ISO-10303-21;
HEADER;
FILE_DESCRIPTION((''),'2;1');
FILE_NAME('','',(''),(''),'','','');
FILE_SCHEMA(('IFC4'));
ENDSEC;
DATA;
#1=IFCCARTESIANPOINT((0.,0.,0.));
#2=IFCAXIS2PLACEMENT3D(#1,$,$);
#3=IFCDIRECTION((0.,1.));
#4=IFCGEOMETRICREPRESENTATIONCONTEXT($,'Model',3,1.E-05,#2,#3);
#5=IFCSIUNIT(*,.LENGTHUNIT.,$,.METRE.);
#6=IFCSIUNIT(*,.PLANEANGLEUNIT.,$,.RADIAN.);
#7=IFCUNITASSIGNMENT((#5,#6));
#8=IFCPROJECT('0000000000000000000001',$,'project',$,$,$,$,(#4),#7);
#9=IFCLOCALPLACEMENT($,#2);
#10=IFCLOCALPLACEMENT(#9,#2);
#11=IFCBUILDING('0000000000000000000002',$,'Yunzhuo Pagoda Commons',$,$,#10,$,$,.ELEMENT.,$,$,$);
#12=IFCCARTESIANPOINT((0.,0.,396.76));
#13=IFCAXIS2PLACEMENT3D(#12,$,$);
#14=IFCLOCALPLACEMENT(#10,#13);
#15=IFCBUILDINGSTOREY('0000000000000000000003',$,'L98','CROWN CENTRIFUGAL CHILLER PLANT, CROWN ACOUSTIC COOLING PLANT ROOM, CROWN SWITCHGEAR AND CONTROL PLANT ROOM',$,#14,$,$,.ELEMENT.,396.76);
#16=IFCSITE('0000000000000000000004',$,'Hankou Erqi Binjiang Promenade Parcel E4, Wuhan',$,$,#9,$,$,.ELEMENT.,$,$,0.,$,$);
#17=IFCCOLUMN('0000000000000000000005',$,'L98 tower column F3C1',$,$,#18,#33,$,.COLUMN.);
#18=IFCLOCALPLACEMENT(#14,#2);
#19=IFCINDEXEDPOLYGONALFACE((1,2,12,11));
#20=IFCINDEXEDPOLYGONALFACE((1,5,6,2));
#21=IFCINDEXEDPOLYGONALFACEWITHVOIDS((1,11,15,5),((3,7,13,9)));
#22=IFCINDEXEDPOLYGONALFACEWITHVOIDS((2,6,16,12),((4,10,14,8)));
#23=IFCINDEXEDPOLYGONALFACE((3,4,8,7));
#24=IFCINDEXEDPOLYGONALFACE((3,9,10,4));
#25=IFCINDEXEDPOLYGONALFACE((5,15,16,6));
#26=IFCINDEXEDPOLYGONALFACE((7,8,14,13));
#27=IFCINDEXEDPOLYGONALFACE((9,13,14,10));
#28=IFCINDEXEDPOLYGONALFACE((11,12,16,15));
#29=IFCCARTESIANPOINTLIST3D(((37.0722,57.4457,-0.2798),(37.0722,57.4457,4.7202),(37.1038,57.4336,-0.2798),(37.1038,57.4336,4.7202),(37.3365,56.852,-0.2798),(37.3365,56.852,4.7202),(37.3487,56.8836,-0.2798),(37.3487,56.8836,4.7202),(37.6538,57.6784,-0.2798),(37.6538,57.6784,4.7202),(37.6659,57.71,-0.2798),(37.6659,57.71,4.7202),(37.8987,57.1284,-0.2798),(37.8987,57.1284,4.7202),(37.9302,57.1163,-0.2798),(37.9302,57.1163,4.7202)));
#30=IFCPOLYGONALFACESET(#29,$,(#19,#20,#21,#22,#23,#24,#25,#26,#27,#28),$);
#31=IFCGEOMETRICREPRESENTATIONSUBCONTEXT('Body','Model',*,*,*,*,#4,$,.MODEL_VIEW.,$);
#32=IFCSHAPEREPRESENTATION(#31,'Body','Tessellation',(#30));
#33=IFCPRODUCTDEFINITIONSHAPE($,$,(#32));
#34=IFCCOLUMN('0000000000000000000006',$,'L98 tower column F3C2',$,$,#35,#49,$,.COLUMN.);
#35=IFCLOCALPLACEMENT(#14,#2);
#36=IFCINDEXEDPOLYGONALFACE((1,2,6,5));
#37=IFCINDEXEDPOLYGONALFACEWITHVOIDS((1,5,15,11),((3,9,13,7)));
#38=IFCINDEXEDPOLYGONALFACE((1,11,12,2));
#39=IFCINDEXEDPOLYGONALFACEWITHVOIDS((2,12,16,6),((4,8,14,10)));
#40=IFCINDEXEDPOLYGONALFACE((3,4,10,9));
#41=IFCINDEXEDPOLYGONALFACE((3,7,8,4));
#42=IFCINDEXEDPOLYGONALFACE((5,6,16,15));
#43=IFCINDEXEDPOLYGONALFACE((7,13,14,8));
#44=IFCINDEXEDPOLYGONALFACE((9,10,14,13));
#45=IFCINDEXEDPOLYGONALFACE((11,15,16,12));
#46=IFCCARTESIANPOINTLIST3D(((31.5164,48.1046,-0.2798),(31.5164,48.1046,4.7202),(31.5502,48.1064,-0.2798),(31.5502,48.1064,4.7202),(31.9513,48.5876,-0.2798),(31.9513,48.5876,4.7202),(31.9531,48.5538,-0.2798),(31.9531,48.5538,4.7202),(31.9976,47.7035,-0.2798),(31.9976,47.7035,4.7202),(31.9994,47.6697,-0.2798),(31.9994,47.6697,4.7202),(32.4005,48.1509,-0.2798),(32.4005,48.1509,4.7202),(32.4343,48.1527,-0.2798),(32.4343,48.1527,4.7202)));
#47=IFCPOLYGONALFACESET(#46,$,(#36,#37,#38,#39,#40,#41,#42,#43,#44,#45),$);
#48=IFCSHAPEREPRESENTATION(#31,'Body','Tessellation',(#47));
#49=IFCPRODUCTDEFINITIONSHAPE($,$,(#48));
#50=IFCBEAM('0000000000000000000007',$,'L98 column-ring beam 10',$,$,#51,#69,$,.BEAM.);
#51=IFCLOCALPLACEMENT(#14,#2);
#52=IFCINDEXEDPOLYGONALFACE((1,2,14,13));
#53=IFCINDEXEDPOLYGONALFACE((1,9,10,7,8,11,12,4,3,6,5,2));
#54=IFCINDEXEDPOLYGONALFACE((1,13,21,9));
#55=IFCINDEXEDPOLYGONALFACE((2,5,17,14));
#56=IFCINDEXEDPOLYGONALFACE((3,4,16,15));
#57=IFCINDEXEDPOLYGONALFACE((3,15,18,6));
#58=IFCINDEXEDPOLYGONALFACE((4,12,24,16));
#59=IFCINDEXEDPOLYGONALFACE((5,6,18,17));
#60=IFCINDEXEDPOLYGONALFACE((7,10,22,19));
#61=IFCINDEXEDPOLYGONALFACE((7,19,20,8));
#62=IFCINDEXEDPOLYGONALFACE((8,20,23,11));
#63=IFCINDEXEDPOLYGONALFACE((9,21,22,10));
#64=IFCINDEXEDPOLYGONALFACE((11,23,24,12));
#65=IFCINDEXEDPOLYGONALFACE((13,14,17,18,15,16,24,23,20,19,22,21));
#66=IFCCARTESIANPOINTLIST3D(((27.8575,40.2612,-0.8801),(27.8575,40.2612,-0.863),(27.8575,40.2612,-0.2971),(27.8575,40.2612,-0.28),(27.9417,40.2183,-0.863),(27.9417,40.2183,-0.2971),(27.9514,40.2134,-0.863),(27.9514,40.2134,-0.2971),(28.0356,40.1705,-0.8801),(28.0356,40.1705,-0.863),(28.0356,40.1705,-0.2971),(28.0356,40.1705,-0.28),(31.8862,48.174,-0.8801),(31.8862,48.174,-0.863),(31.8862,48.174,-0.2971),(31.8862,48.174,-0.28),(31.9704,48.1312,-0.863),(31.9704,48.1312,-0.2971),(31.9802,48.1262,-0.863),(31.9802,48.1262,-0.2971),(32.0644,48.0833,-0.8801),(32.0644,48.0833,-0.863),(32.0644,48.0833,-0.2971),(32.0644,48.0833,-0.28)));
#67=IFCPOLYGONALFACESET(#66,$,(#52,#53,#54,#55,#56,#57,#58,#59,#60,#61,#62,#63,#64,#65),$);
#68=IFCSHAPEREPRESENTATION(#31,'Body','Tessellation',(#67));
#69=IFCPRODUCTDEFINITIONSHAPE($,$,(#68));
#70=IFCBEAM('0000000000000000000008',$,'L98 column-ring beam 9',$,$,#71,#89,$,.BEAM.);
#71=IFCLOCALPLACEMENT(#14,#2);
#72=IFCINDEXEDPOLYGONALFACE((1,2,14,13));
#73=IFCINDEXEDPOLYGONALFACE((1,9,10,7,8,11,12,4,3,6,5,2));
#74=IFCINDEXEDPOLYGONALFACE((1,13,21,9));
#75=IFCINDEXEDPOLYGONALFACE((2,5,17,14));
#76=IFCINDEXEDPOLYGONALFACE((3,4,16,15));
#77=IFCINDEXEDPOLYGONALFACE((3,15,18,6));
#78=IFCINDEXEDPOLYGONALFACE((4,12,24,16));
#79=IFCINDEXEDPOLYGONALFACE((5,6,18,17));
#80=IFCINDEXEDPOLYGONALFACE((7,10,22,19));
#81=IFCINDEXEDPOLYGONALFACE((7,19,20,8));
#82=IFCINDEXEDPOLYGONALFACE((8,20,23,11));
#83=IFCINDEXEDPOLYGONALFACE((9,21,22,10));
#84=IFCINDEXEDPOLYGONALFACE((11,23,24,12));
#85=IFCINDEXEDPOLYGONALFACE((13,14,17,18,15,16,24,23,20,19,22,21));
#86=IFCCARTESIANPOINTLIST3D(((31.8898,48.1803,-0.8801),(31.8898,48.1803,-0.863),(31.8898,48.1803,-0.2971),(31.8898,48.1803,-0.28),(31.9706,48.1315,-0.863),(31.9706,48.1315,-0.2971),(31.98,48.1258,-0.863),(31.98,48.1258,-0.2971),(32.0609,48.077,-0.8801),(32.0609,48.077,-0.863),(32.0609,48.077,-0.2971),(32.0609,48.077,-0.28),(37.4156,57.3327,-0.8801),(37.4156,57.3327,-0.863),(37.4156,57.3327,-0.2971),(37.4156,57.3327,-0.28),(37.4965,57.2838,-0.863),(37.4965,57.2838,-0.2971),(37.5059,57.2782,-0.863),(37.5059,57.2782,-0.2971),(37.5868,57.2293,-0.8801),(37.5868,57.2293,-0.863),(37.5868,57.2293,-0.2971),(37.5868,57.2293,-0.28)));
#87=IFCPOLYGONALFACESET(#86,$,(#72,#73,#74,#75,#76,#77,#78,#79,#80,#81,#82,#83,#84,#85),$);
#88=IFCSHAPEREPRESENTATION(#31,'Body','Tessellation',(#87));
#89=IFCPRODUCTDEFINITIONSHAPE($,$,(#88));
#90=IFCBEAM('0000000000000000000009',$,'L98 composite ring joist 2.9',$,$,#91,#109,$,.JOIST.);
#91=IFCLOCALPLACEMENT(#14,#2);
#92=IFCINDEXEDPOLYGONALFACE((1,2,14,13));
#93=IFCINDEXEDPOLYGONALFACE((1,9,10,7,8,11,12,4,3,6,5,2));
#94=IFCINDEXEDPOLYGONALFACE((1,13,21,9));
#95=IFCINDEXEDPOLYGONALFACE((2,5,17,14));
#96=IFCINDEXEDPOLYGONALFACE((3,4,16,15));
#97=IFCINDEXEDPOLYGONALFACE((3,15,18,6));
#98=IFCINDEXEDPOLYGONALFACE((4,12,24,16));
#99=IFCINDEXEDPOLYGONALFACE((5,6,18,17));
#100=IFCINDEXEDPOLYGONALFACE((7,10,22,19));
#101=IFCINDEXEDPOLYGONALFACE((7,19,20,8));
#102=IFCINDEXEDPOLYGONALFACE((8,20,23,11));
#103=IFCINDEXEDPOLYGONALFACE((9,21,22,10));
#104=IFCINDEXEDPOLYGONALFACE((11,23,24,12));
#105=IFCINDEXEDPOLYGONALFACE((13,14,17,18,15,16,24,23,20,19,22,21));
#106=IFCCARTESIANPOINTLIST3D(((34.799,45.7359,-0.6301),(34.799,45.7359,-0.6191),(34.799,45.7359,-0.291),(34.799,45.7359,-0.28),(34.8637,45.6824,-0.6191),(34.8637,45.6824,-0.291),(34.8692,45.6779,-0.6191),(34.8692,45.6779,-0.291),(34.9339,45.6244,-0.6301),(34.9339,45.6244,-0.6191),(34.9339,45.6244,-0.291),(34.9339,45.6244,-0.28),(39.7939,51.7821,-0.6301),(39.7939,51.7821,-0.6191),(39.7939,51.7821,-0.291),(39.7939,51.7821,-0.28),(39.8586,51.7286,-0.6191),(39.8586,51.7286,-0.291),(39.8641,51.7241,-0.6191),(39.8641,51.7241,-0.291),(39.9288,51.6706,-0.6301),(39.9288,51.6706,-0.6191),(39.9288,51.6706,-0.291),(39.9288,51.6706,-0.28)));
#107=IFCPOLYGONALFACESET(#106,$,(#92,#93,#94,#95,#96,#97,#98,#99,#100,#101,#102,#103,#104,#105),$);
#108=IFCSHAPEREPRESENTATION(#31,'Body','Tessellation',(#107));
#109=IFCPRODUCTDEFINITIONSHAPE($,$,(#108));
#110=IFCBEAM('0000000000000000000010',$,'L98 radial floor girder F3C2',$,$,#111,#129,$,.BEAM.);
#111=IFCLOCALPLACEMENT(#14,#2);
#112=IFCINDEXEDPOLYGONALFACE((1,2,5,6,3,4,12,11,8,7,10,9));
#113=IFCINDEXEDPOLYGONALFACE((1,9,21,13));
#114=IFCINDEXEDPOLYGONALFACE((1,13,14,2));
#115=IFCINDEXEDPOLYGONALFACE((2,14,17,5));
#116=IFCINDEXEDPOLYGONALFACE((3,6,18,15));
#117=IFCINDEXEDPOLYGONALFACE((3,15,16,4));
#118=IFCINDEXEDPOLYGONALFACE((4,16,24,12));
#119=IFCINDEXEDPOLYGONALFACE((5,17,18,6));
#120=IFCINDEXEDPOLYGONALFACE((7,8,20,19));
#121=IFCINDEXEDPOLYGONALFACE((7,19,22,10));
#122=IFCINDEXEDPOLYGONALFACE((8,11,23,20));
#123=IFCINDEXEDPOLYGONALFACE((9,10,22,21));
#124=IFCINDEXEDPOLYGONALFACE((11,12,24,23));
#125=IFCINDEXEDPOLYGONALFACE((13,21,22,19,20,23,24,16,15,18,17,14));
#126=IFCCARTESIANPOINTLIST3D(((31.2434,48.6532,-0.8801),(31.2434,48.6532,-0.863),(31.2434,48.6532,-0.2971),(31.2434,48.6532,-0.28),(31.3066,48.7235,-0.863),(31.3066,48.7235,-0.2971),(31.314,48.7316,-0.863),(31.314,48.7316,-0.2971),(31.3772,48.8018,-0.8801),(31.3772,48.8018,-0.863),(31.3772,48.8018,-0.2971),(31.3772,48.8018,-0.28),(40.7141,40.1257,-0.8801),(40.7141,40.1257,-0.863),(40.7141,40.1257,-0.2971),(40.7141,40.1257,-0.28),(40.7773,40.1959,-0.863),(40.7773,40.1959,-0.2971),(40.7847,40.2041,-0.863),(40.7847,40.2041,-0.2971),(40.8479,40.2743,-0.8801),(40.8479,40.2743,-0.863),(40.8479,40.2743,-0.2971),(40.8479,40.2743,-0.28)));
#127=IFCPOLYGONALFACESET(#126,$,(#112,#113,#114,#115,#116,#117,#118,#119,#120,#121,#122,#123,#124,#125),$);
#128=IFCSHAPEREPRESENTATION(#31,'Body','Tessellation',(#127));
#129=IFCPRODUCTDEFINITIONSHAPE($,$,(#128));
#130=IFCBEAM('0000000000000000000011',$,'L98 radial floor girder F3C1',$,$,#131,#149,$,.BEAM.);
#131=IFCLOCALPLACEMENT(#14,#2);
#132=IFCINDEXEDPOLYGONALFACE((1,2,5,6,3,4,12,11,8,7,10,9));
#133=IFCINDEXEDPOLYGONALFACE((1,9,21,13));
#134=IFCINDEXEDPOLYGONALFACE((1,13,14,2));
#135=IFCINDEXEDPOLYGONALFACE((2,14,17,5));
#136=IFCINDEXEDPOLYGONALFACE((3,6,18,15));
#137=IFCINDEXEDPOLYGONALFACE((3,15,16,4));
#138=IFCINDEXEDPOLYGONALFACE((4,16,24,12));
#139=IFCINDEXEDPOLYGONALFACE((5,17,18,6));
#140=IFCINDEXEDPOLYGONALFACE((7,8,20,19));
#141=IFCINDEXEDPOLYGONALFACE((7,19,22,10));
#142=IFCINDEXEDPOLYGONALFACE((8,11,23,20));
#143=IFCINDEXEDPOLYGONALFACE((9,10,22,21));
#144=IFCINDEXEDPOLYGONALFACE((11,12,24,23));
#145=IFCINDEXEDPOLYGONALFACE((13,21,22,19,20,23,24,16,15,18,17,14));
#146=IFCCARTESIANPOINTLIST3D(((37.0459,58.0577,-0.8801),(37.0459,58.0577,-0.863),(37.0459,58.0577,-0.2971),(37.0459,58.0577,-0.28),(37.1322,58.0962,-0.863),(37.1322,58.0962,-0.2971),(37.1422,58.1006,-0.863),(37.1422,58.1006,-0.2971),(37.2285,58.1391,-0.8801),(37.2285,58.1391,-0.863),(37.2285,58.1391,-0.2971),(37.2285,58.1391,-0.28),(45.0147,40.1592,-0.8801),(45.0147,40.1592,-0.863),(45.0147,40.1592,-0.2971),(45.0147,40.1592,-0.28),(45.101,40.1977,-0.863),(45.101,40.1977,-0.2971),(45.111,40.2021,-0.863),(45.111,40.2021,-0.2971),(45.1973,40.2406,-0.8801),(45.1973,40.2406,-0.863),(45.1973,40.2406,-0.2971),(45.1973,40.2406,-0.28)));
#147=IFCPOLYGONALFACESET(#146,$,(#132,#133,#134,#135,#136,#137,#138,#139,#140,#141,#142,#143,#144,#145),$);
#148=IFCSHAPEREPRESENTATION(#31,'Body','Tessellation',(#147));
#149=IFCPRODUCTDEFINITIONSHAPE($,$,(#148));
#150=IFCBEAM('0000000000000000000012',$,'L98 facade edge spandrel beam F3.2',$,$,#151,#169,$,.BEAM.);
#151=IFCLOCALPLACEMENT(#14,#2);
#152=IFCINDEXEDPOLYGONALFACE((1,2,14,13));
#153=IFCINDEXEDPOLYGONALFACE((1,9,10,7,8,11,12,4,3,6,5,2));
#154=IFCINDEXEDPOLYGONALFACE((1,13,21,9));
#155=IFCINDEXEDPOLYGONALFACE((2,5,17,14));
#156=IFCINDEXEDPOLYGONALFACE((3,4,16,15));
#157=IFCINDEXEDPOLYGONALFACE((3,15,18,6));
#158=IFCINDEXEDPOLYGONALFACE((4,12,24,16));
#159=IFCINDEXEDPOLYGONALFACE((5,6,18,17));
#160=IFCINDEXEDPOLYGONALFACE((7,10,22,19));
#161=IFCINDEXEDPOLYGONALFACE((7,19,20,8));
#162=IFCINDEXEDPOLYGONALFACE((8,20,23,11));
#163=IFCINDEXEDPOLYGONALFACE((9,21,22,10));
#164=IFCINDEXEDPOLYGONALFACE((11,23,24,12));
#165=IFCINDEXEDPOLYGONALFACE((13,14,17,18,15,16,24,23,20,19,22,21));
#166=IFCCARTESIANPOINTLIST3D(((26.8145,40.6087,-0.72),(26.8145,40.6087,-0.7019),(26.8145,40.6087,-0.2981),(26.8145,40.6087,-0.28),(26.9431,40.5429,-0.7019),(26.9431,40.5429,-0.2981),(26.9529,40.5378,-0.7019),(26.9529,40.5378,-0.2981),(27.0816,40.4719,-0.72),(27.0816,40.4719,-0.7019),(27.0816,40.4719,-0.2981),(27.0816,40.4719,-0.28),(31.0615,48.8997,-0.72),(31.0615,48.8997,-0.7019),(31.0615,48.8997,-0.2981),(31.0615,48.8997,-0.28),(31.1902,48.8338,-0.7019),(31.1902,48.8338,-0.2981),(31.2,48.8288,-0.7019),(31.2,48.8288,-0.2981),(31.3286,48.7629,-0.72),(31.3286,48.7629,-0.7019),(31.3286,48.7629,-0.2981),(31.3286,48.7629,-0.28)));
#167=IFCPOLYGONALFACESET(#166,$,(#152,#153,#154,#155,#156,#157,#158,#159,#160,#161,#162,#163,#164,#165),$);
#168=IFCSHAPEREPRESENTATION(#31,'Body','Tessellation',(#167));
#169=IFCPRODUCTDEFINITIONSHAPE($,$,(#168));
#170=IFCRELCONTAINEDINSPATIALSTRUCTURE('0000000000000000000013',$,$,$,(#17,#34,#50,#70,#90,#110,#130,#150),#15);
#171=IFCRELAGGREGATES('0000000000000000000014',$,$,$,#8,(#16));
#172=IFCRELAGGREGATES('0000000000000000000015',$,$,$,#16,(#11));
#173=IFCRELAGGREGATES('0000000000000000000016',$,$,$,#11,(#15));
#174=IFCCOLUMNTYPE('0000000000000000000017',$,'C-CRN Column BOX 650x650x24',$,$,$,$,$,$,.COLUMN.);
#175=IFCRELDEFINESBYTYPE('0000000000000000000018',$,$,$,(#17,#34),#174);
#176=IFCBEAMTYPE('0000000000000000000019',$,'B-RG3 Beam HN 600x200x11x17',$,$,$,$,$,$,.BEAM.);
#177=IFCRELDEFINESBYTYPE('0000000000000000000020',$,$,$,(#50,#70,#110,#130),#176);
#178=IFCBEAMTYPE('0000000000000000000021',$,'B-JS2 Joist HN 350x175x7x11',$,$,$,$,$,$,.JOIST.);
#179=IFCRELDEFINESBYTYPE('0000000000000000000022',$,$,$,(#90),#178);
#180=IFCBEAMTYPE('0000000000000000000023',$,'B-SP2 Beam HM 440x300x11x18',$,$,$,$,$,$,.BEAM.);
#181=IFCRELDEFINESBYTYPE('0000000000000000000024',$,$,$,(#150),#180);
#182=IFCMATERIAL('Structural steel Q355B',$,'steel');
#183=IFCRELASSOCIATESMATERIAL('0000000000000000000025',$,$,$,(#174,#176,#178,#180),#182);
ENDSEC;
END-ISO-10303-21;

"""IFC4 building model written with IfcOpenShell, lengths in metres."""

from ifc_helpers import new_model, si_unit, direction, frame, origin, origin_2d, place, context, subcontext, project, spatial, hollow_rectangle, i_section, extrude, source, transform, mapped, material, material_profile, profile_set, type_object, element, save


model = new_model("IFC4")

# Units and contexts
model_context = context("Model", 3, precision=1e-05, world=origin(), true_north=direction((0.0, 1.0)))
body_context = subcontext(model_context, "Body", "Model", "MODEL_VIEW")
ifc_project = project(units=[si_unit("LENGTHUNIT", "METRE"), si_unit("PLANEANGLEUNIT", "RADIAN")], contexts=[model_context])

# Site, building, storey
site_placement = place(None, origin())
site = spatial("IfcSite", under=ifc_project, at=site_placement, Name="Hankou Erqi Binjiang Promenade Parcel E4, Wuhan", CompositionType="ELEMENT", RefElevation=0.0)
building_placement = place(site_placement, origin())
building = spatial("IfcBuilding", under=site, at=building_placement, Name="Yunzhuo Pagoda Commons", CompositionType="ELEMENT")
storey_placement = place(building_placement, frame((0.0, 0.0, 396.76)))
storey = spatial("IfcBuildingStorey", under=building, at=storey_placement, Name="L98", Description="CROWN CENTRIFUGAL CHILLER PLANT, CROWN ACOUSTIC COOLING PLANT ROOM, CROWN SWITCHGEAR AND CONTROL PLANT ROOM", CompositionType="ELEMENT", Elevation=396.76)

# Columns
ifc_material_1 = material(Name="Structural steel Q355B", Category="steel")
ifc_material_profile_1 = material_profile(ifc_material_1, hollow_rectangle(XDim=0.6499, YDim=0.6499, WallThickness=0.0239, at=origin_2d()), Name="Structural steel Q355B")
ifc_profile_set_1 = profile_set([ifc_material_profile_1], Name="Structural steel Q355B")
column_type = type_object("IfcColumnType", Name="C-CRN Column BOX 650x650x24", PredefinedType="COLUMN", material=ifc_profile_set_1)
shared_shape_1 = source(origin(), body_context, "Body", "SweptSolid", [
    extrude(hollow_rectangle(XDim=0.6499, YDim=0.6499, WallThickness=0.0239, at=origin_2d()), origin(), (0.0, 0.0, 1.0), 5.0),
])
for number, where, z_axis, x_axis, name in (
    (1, (37.5012, 57.281, -0.2798), (0.0, 0.0, 1.0), (-0.913545, -0.406737, 0.0), "L98 tower column F3C1"),
    (2, (31.9753, 48.1287, -0.2798), (0.0, 0.0, 1.0), (-0.669131, -0.743145, 0.0), "L98 tower column F3C2"),
):
    element("IfcColumn", number, at=place(storey_placement, frame(where, z_axis=z_axis, x_axis=x_axis)), inside=storey, type_object=column_type, Name=name, PredefinedType="COLUMN", context=body_context, shape_type="MappedRepresentation", body=[
        mapped(shared_shape_1, transform((0.0, 0.0, 0.0), scale=1.0)),
    ])

# Beams
ifc_material_profile_2 = material_profile(ifc_material_1, i_section(OverallWidth=0.2, OverallDepth=0.6001, WebThickness=0.011, FlangeThickness=0.0171, at=origin_2d()), Name="Structural steel Q355B")
ifc_profile_set_2 = profile_set([ifc_material_profile_2], Name="Structural steel Q355B")
beam_type_1 = type_object("IfcBeamType", Name="B-RG3 Beam HN 600x200x11x17", PredefinedType="BEAM", material=ifc_profile_set_2)
shared_shape_2 = source(origin(), body_context, "Body", "SweptSolid", [
    extrude(i_section(OverallWidth=0.2, OverallDepth=0.6001, WebThickness=0.011, FlangeThickness=0.0171, at=origin_2d()), origin(), (0.0, 0.0, 1.0), 8.8794),
])
beam_1_placement = place(storey_placement, frame((31.9753, 48.1287, -0.5801), z_axis=(-0.453724, -0.891142, 0.0), x_axis=(0.891142, -0.453724, 0.0)))
element("IfcBeam", 3, at=beam_1_placement, inside=storey, type_object=beam_type_1, Name="L98 column-ring beam 10", PredefinedType="BEAM", context=body_context, shape_type="MappedRepresentation", body=[
    mapped(shared_shape_2, transform((0.0, 0.0, 0.0), scale=1.0)),
])
shared_shape_3 = source(origin(), body_context, "Body", "SweptSolid", [
    extrude(i_section(OverallWidth=0.2, OverallDepth=0.6001, WebThickness=0.011, FlangeThickness=0.0171, at=origin_2d()), origin(), (0.0, 0.0, 1.0), 10.6912),
])
beam_2_placement = place(storey_placement, frame((37.5012, 57.281, -0.5801), z_axis=(-0.516865, -0.856067, 0.0), x_axis=(0.856067, -0.516865, 0.0)))
element("IfcBeam", 4, at=beam_2_placement, inside=storey, type_object=beam_type_1, Name="L98 column-ring beam 9", PredefinedType="BEAM", context=body_context, shape_type="MappedRepresentation", body=[
    mapped(shared_shape_3, transform((0.0, 0.0, 0.0), scale=1.0)),
])
ifc_material_profile_3 = material_profile(ifc_material_1, i_section(OverallWidth=0.175, OverallDepth=0.3501, WebThickness=0.0071, FlangeThickness=0.011, at=origin_2d()), Name="Structural steel Q355B")
ifc_profile_set_3 = profile_set([ifc_material_profile_3], Name="Structural steel Q355B")
beam_type_2 = type_object("IfcBeamType", Name="B-JS2 Joist HN 350x175x7x11", PredefinedType="JOIST", material=ifc_profile_set_3)
shared_shape_4 = source(origin(), body_context, "Body", "SweptSolid", [
    extrude(i_section(OverallWidth=0.175, OverallDepth=0.3501, WebThickness=0.0071, FlangeThickness=0.011, at=origin_2d()), origin(), (0.0, 0.0, 1.0), 7.8425),
])
beam_3_placement = place(storey_placement, frame((39.8613, 51.7263, -0.4551), z_axis=(-0.636899, -0.770947, 0.0), x_axis=(0.770947, -0.636899, 0.0)))
element("IfcBeam", 5, at=beam_3_placement, inside=storey, type_object=beam_type_2, Name="L98 composite ring joist 2.9", PredefinedType="JOIST", context=body_context, shape_type="MappedRepresentation", body=[
    mapped(shared_shape_4, transform((0.0, 0.0, 0.0), scale=1.0)),
])
shared_shape_5 = source(origin(), body_context, "Body", "SweptSolid", [
    extrude(i_section(OverallWidth=0.2, OverallDepth=0.6001, WebThickness=0.011, FlangeThickness=0.0171, at=origin_2d()), origin(), (0.0, 0.0, 1.0), 12.7441),
])
beam_4_placement = place(storey_placement, frame((31.3103, 48.7275, -0.5801), z_axis=(0.74314, -0.669136, 0.0), x_axis=(0.669136, 0.74314, 0.0)))
element("IfcBeam", 6, at=beam_4_placement, inside=storey, type_object=beam_type_1, Name="L98 radial floor girder F3C2", PredefinedType="BEAM", context=body_context, shape_type="MappedRepresentation", body=[
    mapped(shared_shape_5, transform((0.0, 0.0, 0.0), scale=1.0)),
])
shared_shape_6 = source(origin(), body_context, "Body", "SweptSolid", [
    extrude(i_section(OverallWidth=0.2, OverallDepth=0.6001, WebThickness=0.011, FlangeThickness=0.0171, at=origin_2d()), origin(), (0.0, 0.0, 1.0), 19.5923),
])
beam_5_placement = place(storey_placement, frame((37.1372, 58.0984, -0.5801), z_axis=(0.40673, -0.913548, 0.0), x_axis=(0.913548, 0.40673, 0.0)))
element("IfcBeam", 7, at=beam_5_placement, inside=storey, type_object=beam_type_1, Name="L98 radial floor girder F3C1", PredefinedType="BEAM", context=body_context, shape_type="MappedRepresentation", body=[
    mapped(shared_shape_6, transform((0.0, 0.0, 0.0), scale=1.0)),
])
ifc_material_profile_4 = material_profile(ifc_material_1, i_section(OverallWidth=0.3, OverallDepth=0.4399, WebThickness=0.011, FlangeThickness=0.0181, at=origin_2d()), Name="Structural steel Q355B")
ifc_profile_set_4 = profile_set([ifc_material_profile_4], Name="Structural steel Q355B")
beam_type_3 = type_object("IfcBeamType", Name="B-SP2 Beam HM 440x300x11x18", PredefinedType="BEAM", material=ifc_profile_set_4)
shared_shape_7 = source(origin(), body_context, "Body", "SweptSolid", [
    extrude(i_section(OverallWidth=0.3, OverallDepth=0.4399, WebThickness=0.011, FlangeThickness=0.0181, at=origin_2d()), origin(), (0.0, 0.0, 1.0), 9.3154),
])
beam_6_placement = place(storey_placement, frame((31.1951, 48.8313, -0.5), z_axis=(-0.455914, -0.890024, 0.0), x_axis=(0.890024, -0.455914, 0.0)))
element("IfcBeam", 8, at=beam_6_placement, inside=storey, type_object=beam_type_3, Name="L98 facade edge spandrel beam F3.2", PredefinedType="BEAM", context=body_context, shape_type="MappedRepresentation", body=[
    mapped(shared_shape_7, transform((0.0, 0.0, 0.0), scale=1.0)),
])

save(model, "model.ifc")
